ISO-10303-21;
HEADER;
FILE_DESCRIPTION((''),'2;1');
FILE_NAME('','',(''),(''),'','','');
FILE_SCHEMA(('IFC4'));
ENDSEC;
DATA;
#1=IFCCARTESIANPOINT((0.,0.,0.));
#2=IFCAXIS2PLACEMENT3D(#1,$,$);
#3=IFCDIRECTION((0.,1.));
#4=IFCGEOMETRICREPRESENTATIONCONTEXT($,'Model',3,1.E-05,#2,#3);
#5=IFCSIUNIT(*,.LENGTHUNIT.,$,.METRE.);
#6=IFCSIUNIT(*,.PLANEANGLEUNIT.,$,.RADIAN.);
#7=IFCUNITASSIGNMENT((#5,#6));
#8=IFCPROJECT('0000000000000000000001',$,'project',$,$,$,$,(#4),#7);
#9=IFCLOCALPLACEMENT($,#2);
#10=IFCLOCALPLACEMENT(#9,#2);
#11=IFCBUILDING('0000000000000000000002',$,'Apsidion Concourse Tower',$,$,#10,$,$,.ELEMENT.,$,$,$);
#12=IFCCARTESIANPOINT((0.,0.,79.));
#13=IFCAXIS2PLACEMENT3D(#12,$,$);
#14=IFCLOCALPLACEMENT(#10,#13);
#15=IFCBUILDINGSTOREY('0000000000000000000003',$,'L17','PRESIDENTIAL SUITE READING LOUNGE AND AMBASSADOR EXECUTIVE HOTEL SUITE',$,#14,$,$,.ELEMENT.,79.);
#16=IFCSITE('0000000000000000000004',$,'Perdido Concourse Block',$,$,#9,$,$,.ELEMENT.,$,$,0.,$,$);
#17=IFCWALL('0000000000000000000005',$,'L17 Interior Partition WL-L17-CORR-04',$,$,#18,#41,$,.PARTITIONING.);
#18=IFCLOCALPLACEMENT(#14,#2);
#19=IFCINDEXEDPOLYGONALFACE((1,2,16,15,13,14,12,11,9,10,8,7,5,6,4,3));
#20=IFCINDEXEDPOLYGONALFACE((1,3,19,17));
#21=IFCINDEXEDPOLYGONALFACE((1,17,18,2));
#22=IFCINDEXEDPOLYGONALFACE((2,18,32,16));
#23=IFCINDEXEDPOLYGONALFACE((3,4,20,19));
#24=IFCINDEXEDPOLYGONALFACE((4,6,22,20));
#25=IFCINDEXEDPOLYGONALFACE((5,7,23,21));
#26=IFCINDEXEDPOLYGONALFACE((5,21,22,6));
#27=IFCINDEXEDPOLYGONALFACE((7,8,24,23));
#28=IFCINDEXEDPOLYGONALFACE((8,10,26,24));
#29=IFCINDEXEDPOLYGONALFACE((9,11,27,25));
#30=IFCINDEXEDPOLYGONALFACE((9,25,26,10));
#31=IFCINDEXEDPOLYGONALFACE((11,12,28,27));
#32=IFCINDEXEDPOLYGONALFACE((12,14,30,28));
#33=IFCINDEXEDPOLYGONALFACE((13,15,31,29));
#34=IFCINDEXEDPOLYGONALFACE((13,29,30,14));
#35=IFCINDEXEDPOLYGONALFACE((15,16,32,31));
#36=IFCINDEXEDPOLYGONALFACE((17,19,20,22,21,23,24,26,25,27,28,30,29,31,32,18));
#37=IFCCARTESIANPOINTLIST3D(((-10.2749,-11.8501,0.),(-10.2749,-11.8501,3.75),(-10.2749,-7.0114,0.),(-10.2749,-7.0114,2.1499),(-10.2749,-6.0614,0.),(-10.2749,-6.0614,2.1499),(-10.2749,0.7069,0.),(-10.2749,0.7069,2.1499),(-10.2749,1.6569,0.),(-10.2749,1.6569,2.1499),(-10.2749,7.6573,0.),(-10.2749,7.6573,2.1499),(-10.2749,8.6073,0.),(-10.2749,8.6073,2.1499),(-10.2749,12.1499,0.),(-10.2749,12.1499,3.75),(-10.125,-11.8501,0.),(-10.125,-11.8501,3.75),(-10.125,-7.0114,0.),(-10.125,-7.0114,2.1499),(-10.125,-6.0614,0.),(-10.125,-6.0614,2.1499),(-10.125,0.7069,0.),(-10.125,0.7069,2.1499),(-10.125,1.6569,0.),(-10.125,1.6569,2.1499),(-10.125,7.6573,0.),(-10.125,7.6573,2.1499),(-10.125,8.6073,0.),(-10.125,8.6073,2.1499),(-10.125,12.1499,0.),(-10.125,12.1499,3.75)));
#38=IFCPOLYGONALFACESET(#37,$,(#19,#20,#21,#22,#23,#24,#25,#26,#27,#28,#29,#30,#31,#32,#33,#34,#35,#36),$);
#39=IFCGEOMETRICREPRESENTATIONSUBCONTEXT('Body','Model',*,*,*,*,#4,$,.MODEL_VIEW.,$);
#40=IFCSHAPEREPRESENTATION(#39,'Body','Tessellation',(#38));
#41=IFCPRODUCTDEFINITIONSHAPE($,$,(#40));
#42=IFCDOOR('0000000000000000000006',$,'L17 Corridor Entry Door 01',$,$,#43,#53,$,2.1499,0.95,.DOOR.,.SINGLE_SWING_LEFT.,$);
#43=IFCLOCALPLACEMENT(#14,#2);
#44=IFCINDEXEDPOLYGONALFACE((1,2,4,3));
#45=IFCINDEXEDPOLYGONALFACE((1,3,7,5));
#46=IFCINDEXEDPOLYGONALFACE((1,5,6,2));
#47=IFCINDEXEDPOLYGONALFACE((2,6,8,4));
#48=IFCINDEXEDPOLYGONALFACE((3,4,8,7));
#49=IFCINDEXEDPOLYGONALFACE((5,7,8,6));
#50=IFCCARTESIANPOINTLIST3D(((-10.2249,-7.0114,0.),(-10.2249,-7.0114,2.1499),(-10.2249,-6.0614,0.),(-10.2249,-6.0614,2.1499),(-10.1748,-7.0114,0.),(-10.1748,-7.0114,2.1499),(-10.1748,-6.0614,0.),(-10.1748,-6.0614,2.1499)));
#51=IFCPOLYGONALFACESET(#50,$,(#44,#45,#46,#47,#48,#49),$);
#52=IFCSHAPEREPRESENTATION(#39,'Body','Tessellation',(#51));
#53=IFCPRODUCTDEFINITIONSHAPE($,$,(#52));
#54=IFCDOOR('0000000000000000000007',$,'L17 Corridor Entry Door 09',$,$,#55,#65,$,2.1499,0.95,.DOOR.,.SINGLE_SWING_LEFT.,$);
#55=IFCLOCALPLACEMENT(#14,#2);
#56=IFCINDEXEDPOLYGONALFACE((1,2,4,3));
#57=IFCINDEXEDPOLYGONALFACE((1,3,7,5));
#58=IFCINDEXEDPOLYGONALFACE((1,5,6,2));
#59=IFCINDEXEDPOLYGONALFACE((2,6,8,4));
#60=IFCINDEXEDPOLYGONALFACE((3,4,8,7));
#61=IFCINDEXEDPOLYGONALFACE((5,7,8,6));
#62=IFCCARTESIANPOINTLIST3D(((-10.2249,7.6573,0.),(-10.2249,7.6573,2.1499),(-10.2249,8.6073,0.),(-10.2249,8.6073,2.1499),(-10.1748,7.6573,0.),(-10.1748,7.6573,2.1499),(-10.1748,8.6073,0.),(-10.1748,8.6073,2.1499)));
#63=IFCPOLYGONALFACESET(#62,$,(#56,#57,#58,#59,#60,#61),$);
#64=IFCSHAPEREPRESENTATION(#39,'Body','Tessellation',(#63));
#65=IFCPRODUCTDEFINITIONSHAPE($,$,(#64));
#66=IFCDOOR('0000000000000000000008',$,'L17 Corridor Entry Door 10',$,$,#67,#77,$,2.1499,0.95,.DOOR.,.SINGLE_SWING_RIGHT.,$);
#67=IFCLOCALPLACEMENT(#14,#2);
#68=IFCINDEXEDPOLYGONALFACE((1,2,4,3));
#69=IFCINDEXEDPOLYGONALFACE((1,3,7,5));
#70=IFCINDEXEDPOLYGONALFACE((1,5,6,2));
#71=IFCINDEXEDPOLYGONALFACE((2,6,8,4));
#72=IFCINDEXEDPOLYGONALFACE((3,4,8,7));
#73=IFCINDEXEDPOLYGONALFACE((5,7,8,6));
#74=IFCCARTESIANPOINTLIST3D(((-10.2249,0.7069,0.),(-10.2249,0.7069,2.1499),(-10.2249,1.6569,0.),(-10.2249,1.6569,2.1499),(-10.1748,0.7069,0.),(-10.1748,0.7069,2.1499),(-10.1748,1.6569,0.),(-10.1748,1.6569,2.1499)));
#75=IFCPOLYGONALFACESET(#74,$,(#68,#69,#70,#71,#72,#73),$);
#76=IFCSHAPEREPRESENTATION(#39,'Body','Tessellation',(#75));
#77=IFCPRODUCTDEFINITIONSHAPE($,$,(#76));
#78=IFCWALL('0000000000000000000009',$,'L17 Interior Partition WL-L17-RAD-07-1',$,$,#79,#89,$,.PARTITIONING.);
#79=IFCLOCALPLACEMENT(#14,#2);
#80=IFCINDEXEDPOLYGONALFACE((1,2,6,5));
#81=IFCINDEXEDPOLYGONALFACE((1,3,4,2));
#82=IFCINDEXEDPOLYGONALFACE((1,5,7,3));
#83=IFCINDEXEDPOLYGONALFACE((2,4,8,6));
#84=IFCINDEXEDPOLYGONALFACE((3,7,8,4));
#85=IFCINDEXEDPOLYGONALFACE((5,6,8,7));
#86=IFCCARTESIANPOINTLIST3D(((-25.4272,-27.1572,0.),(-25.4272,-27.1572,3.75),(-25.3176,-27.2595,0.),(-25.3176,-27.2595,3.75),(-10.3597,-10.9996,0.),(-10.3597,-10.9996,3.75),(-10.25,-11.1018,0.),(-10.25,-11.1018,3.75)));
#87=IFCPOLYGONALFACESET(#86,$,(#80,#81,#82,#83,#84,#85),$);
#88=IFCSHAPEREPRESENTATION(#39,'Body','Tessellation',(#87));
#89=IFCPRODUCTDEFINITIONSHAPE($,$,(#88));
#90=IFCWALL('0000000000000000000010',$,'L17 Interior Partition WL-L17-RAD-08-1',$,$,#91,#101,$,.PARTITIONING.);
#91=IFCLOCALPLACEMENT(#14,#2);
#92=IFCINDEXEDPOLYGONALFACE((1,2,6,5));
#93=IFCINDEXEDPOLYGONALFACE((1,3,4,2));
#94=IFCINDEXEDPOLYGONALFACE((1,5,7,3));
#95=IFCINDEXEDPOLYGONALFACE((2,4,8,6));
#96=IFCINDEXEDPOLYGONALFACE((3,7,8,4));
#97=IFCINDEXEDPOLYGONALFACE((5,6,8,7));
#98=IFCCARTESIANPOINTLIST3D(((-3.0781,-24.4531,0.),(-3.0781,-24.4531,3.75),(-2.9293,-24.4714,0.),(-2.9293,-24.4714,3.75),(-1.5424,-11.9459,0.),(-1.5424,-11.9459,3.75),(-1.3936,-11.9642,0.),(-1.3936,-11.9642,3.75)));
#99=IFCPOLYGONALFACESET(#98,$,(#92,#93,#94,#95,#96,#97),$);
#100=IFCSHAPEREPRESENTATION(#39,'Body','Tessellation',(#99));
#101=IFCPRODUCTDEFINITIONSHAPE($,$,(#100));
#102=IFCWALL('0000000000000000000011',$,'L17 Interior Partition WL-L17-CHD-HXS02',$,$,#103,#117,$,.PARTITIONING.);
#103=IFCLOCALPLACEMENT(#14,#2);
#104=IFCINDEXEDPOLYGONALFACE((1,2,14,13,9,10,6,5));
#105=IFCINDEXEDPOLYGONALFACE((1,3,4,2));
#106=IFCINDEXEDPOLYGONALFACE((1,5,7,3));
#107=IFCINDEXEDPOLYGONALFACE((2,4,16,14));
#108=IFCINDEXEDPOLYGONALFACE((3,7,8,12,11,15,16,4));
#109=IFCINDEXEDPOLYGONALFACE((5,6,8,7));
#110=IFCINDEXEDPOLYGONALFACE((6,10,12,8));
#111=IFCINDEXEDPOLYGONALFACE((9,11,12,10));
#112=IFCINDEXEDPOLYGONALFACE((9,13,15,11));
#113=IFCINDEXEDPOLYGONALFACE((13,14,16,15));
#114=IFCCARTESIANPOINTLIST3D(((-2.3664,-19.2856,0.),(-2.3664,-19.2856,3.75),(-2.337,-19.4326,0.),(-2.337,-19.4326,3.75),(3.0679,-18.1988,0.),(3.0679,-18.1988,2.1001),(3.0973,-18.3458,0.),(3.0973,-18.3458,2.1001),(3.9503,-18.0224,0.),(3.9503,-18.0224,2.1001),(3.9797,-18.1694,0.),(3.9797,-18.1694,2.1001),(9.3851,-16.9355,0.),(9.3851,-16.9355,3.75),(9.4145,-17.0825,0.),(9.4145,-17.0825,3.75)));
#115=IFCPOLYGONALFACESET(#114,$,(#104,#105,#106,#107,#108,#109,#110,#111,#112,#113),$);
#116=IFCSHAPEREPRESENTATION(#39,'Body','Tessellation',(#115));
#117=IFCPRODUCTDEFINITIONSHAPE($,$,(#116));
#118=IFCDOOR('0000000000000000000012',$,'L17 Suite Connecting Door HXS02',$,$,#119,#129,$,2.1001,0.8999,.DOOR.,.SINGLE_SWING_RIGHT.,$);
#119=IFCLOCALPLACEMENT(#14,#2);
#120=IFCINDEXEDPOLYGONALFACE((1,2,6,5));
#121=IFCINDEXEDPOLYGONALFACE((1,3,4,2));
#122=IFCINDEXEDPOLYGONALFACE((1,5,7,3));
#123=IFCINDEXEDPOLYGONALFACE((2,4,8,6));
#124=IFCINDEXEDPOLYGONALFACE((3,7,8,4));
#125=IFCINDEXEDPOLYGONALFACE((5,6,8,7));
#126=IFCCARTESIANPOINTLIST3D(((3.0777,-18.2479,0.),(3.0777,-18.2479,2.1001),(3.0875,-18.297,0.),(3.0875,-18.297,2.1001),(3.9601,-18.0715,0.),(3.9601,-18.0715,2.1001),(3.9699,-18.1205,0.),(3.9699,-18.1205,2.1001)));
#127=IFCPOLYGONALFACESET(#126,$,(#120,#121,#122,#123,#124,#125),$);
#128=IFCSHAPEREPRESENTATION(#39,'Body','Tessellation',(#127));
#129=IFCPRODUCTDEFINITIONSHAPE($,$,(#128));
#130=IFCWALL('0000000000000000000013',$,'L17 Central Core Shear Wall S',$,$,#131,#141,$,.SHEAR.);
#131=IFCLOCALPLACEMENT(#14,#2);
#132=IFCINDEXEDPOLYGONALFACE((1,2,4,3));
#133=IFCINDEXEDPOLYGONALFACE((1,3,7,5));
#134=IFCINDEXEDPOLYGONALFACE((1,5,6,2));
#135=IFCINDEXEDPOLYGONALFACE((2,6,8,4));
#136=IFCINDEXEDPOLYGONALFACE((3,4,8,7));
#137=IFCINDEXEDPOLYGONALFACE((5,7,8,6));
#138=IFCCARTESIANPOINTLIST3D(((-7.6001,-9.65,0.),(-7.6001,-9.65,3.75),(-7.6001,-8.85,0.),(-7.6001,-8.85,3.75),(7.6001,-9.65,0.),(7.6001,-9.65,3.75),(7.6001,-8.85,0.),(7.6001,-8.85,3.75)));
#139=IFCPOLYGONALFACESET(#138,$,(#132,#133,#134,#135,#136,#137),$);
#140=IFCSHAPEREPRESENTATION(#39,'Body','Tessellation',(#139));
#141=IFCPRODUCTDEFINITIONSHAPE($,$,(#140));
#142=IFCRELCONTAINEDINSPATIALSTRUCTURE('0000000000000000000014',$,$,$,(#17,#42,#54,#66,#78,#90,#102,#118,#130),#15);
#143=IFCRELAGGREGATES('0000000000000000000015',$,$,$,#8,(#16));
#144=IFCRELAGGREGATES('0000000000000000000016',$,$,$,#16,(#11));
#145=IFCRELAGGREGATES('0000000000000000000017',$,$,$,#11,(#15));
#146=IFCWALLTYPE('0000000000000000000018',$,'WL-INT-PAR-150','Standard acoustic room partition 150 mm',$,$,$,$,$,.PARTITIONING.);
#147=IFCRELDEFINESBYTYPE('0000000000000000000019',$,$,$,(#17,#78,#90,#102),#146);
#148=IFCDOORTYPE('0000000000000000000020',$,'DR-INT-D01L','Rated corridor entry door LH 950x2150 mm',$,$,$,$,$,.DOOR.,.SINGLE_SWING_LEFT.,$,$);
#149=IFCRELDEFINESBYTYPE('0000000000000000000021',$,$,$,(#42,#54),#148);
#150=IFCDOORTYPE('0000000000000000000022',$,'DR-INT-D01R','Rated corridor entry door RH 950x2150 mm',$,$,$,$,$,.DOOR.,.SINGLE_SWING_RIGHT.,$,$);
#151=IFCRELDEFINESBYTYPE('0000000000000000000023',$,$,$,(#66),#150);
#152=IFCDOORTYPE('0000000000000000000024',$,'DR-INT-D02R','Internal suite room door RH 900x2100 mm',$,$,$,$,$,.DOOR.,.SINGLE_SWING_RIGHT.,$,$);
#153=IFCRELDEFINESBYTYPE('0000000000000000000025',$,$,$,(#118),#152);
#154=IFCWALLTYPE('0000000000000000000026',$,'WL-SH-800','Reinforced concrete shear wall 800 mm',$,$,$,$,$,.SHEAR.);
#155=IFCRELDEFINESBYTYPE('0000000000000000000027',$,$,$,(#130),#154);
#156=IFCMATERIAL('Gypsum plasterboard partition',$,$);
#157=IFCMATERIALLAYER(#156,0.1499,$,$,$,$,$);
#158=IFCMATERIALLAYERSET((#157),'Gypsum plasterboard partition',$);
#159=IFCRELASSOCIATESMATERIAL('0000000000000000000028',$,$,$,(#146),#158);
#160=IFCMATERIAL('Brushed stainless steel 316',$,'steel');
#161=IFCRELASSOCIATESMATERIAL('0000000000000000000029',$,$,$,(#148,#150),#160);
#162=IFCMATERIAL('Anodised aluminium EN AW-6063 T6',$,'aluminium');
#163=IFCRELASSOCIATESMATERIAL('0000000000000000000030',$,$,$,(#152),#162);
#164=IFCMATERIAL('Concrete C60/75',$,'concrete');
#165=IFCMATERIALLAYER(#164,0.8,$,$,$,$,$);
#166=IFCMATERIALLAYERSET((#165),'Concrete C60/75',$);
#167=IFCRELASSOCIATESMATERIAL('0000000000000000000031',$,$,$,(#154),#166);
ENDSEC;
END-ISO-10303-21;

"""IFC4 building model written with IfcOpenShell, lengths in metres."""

from ifc_helpers import new_model, si_unit, direction, frame, frame_2d, origin, place, context, subcontext, project, spatial, rectangle, extrude, material, layer, layer_set, type_object, element, fill, save


model = new_model("IFC4")

# Units and contexts
model_context = context("Model", 3, precision=1e-05, world=origin(), true_north=direction((0.0, 1.0)))
body_context = subcontext(model_context, "Body", "Model", "MODEL_VIEW")
ifc_project = project(units=[si_unit("LENGTHUNIT", "METRE"), si_unit("PLANEANGLEUNIT", "RADIAN")], contexts=[model_context])

# Site, building, storey
site_placement = place(None, origin())
site = spatial("IfcSite", under=ifc_project, at=site_placement, Name="Perdido Concourse Block", CompositionType="ELEMENT", RefElevation=0.0)
building_placement = place(site_placement, origin())
building = spatial("IfcBuilding", under=site, at=building_placement, Name="Apsidion Concourse Tower", CompositionType="ELEMENT")
storey_placement = place(building_placement, frame((0.0, 0.0, 79.0)))
storey = spatial("IfcBuildingStorey", under=building, at=storey_placement, Name="L17", Description="PRESIDENTIAL SUITE READING LOUNGE AND AMBASSADOR EXECUTIVE HOTEL SUITE", CompositionType="ELEMENT", Elevation=79.0)

# Shared definitions
ifc_material_1 = material(Name="Concrete C60/75", Category="concrete")

# Shared definitions
ifc_material_2 = material(Name="Gypsum plasterboard partition")
ifc_layer_1 = layer(ifc_material_2, 0.1499)
ifc_layer_set_1 = layer_set([ifc_layer_1], Name="Gypsum plasterboard partition")
wall_type_1 = type_object("IfcWallType", Name="WL-INT-PAR-150", Description="Standard acoustic room partition 150 mm", PredefinedType="PARTITIONING", material=ifc_layer_set_1)

# Wall, openings, doors
wall_1_placement = place(storey_placement, frame((-10.2, -11.8501, 0.0), z_axis=(0.0, 0.0, 1.0), x_axis=(0.0, 1.0, 0.0)))
wall_1 = element("IfcWall", 1, at=wall_1_placement, inside=storey, type_object=wall_type_1, Name="L17 Interior Partition WL-L17-CORR-04", PredefinedType="PARTITIONING", context=body_context, shape_type="SweptSolid", body=[
    extrude(rectangle(XDim=24.0, YDim=0.1499, at=frame_2d((12.0, 0.0))), origin(), (0.0, 0.0, 1.0), 3.75),
])
opening_1_placement = place(wall_1_placement, frame((4.8386, 0.0, 0.0)))
opening_1 = element("IfcOpeningElement", 2, at=opening_1_placement, cuts=wall_1, PredefinedType="OPENING", context=body_context, shape_type="SweptSolid", body=[
    extrude(rectangle(XDim=0.95, YDim=2.1499, at=frame_2d((0.4751, 1.075))), frame((0.0, 0.085, 0.0), z_axis=(0.0, -1.0, 0.0), x_axis=(1.0, 0.0, 0.0)), (0.0, 0.0, 1.0), 0.1699),
])
opening_2_placement = place(wall_1_placement, frame((19.5073, 0.0, 0.0)))
opening_2 = element("IfcOpeningElement", 3, at=opening_2_placement, cuts=wall_1, PredefinedType="OPENING", context=body_context, shape_type="SweptSolid", body=[
    extrude(rectangle(XDim=0.95, YDim=2.1499, at=frame_2d((0.4751, 1.075))), frame((0.0, 0.085, 0.0), z_axis=(0.0, -1.0, 0.0), x_axis=(1.0, 0.0, 0.0)), (0.0, 0.0, 1.0), 0.1699),
])
opening_3_placement = place(wall_1_placement, frame((12.5569, 0.0, 0.0)))
opening_3 = element("IfcOpeningElement", 4, at=opening_3_placement, cuts=wall_1, PredefinedType="OPENING", context=body_context, shape_type="SweptSolid", body=[
    extrude(rectangle(XDim=0.95, YDim=2.1499, at=frame_2d((0.4751, 1.075))), frame((0.0, 0.085, 0.0), z_axis=(0.0, -1.0, 0.0), x_axis=(1.0, 0.0, 0.0)), (0.0, 0.0, 1.0), 0.1699),
])
ifc_material_3 = material(Name="Brushed stainless steel 316", Category="steel")
door_type_1 = type_object("IfcDoorType", Name="DR-INT-D01L", Description="Rated corridor entry door LH 950x2150 mm", OperationType="SINGLE_SWING_LEFT", PredefinedType="DOOR", material=ifc_material_3)
door_1_placement = place(opening_1_placement, origin())
door_1 = element("IfcDoor", 5, at=door_1_placement, inside=storey, type_object=door_type_1, Name="L17 Corridor Entry Door 01", OperationType="SINGLE_SWING_LEFT", OverallHeight=2.1499, OverallWidth=0.95, PredefinedType="DOOR", context=body_context, shape_type="SweptSolid", body=[
    extrude(rectangle(XDim=0.95, YDim=2.1499, at=frame_2d((0.4751, 1.075))), frame((0.0, 0.0249, 0.0), z_axis=(0.0, -1.0, 0.0), x_axis=(1.0, 0.0, 0.0)), (0.0, 0.0, 1.0), 0.05),
])
fill(opening_1, door_1)
door_2_placement = place(opening_2_placement, origin())
door_2 = element("IfcDoor", 6, at=door_2_placement, inside=storey, type_object=door_type_1, Name="L17 Corridor Entry Door 09", OperationType="SINGLE_SWING_LEFT", OverallHeight=2.1499, OverallWidth=0.95, PredefinedType="DOOR", context=body_context, shape_type="SweptSolid", body=[
    extrude(rectangle(XDim=0.95, YDim=2.1499, at=frame_2d((0.4751, 1.075))), frame((0.0, 0.0249, 0.0), z_axis=(0.0, -1.0, 0.0), x_axis=(1.0, 0.0, 0.0)), (0.0, 0.0, 1.0), 0.05),
])
fill(opening_2, door_2)
door_type_2 = type_object("IfcDoorType", Name="DR-INT-D01R", Description="Rated corridor entry door RH 950x2150 mm", OperationType="SINGLE_SWING_RIGHT", PredefinedType="DOOR", material=ifc_material_3)
door_3_placement = place(opening_3_placement, origin())
door_3 = element("IfcDoor", 7, at=door_3_placement, inside=storey, type_object=door_type_2, Name="L17 Corridor Entry Door 10", OperationType="SINGLE_SWING_RIGHT", OverallHeight=2.1499, OverallWidth=0.95, PredefinedType="DOOR", context=body_context, shape_type="SweptSolid", body=[
    extrude(rectangle(XDim=0.95, YDim=2.1499, at=frame_2d((0.4751, 1.075))), frame((0.0, 0.0249, 0.0), z_axis=(0.0, -1.0, 0.0), x_axis=(1.0, 0.0, 0.0)), (0.0, 0.0, 1.0), 0.05),
])
fill(opening_3, door_3)

# Walls
wall_2_placement = place(storey_placement, frame((-10.3049, -11.0508, 0.0), z_axis=(0.0, 0.0, 1.0), x_axis=(-0.682006, -0.731347, 0.0)))
element("IfcWall", 8, at=wall_2_placement, inside=storey, type_object=wall_type_1, Name="L17 Interior Partition WL-L17-RAD-07-1", PredefinedType="PARTITIONING", context=body_context, shape_type="SweptSolid", body=[
    extrude(rectangle(XDim=22.093, YDim=0.1499, at=frame_2d((11.0464, 0.0))), origin(), (0.0, 0.0, 1.0), 3.75),
])
wall_3_placement = place(storey_placement, frame((-1.468, -11.9551, 0.0), z_axis=(0.0, 0.0, 1.0), x_axis=(-0.121867, -0.992546, 0.0)))
element("IfcWall", 9, at=wall_3_placement, inside=storey, type_object=wall_type_1, Name="L17 Interior Partition WL-L17-RAD-08-1", PredefinedType="PARTITIONING", context=body_context, shape_type="SweptSolid", body=[
    extrude(rectangle(XDim=12.6011, YDim=0.1499, at=frame_2d((6.3005, 0.0))), origin(), (0.0, 0.0, 1.0), 3.75),
])

# Wall, opening, door
wall_4_placement = place(storey_placement, frame((-2.3518, -19.3591, 0.0), z_axis=(0.0, 0.0, 1.0), x_axis=(0.980584, 0.1961, 0.0)))
wall_4 = element("IfcWall", 10, at=wall_4_placement, inside=storey, type_object=wall_type_1, Name="L17 Interior Partition WL-L17-CHD-HXS02", PredefinedType="PARTITIONING", context=body_context, shape_type="SweptSolid", body=[
    extrude(rectangle(XDim=11.9841, YDim=0.1499, at=frame_2d((5.9922, 0.0))), origin(), (0.0, 0.0, 1.0), 3.75),
])
opening_4_placement = place(wall_4_placement, frame((5.542, 0.0, 0.0)))
opening_4 = element("IfcOpeningElement", 11, at=opening_4_placement, cuts=wall_4, PredefinedType="OPENING", context=body_context, shape_type="SweptSolid", body=[
    extrude(rectangle(XDim=0.8999, YDim=2.1001, at=frame_2d((0.45, 1.05))), frame((0.0, 0.085, 0.0), z_axis=(0.0, -1.0, 0.0), x_axis=(1.0, 0.0, 0.0)), (0.0, 0.0, 1.0), 0.1699),
])
ifc_material_4 = material(Name="Anodised aluminium EN AW-6063 T6", Category="aluminium")
door_type_3 = type_object("IfcDoorType", Name="DR-INT-D02R", Description="Internal suite room door RH 900x2100 mm", OperationType="SINGLE_SWING_RIGHT", PredefinedType="DOOR", material=ifc_material_4)
door_4_placement = place(opening_4_placement, origin())
door_4 = element("IfcDoor", 12, at=door_4_placement, inside=storey, type_object=door_type_3, Name="L17 Suite Connecting Door HXS02", OperationType="SINGLE_SWING_RIGHT", OverallHeight=2.1001, OverallWidth=0.8999, PredefinedType="DOOR", context=body_context, shape_type="SweptSolid", body=[
    extrude(rectangle(XDim=0.8999, YDim=2.1001, at=frame_2d((0.45, 1.05))), frame((0.0, 0.0249, 0.0), z_axis=(0.0, -1.0, 0.0), x_axis=(1.0, 0.0, 0.0)), (0.0, 0.0, 1.0), 0.05),
])
fill(opening_4, door_4)

# Shared definitions
ifc_layer_2 = layer(ifc_material_1, 0.8)
ifc_layer_set_2 = layer_set([ifc_layer_2], Name="Concrete C60/75")
wall_type_2 = type_object("IfcWallType", Name="WL-SH-800", Description="Reinforced concrete shear wall 800 mm", PredefinedType="SHEAR", material=ifc_layer_set_2)

# Wall
wall_5_placement = place(storey_placement, frame((-7.6001, -9.25, 0.0), z_axis=(0.0, 0.0, 1.0), x_axis=(1.0, 0.0, 0.0)))
element("IfcWall", 13, at=wall_5_placement, inside=storey, type_object=wall_type_2, Name="L17 Central Core Shear Wall S", PredefinedType="SHEAR", context=body_context, shape_type="SweptSolid", body=[
    extrude(rectangle(XDim=15.2002, YDim=0.8, at=frame_2d((7.6001, 0.0))), origin(), (0.0, 0.0, 1.0), 3.75),
])

save(model, "model.ifc")
